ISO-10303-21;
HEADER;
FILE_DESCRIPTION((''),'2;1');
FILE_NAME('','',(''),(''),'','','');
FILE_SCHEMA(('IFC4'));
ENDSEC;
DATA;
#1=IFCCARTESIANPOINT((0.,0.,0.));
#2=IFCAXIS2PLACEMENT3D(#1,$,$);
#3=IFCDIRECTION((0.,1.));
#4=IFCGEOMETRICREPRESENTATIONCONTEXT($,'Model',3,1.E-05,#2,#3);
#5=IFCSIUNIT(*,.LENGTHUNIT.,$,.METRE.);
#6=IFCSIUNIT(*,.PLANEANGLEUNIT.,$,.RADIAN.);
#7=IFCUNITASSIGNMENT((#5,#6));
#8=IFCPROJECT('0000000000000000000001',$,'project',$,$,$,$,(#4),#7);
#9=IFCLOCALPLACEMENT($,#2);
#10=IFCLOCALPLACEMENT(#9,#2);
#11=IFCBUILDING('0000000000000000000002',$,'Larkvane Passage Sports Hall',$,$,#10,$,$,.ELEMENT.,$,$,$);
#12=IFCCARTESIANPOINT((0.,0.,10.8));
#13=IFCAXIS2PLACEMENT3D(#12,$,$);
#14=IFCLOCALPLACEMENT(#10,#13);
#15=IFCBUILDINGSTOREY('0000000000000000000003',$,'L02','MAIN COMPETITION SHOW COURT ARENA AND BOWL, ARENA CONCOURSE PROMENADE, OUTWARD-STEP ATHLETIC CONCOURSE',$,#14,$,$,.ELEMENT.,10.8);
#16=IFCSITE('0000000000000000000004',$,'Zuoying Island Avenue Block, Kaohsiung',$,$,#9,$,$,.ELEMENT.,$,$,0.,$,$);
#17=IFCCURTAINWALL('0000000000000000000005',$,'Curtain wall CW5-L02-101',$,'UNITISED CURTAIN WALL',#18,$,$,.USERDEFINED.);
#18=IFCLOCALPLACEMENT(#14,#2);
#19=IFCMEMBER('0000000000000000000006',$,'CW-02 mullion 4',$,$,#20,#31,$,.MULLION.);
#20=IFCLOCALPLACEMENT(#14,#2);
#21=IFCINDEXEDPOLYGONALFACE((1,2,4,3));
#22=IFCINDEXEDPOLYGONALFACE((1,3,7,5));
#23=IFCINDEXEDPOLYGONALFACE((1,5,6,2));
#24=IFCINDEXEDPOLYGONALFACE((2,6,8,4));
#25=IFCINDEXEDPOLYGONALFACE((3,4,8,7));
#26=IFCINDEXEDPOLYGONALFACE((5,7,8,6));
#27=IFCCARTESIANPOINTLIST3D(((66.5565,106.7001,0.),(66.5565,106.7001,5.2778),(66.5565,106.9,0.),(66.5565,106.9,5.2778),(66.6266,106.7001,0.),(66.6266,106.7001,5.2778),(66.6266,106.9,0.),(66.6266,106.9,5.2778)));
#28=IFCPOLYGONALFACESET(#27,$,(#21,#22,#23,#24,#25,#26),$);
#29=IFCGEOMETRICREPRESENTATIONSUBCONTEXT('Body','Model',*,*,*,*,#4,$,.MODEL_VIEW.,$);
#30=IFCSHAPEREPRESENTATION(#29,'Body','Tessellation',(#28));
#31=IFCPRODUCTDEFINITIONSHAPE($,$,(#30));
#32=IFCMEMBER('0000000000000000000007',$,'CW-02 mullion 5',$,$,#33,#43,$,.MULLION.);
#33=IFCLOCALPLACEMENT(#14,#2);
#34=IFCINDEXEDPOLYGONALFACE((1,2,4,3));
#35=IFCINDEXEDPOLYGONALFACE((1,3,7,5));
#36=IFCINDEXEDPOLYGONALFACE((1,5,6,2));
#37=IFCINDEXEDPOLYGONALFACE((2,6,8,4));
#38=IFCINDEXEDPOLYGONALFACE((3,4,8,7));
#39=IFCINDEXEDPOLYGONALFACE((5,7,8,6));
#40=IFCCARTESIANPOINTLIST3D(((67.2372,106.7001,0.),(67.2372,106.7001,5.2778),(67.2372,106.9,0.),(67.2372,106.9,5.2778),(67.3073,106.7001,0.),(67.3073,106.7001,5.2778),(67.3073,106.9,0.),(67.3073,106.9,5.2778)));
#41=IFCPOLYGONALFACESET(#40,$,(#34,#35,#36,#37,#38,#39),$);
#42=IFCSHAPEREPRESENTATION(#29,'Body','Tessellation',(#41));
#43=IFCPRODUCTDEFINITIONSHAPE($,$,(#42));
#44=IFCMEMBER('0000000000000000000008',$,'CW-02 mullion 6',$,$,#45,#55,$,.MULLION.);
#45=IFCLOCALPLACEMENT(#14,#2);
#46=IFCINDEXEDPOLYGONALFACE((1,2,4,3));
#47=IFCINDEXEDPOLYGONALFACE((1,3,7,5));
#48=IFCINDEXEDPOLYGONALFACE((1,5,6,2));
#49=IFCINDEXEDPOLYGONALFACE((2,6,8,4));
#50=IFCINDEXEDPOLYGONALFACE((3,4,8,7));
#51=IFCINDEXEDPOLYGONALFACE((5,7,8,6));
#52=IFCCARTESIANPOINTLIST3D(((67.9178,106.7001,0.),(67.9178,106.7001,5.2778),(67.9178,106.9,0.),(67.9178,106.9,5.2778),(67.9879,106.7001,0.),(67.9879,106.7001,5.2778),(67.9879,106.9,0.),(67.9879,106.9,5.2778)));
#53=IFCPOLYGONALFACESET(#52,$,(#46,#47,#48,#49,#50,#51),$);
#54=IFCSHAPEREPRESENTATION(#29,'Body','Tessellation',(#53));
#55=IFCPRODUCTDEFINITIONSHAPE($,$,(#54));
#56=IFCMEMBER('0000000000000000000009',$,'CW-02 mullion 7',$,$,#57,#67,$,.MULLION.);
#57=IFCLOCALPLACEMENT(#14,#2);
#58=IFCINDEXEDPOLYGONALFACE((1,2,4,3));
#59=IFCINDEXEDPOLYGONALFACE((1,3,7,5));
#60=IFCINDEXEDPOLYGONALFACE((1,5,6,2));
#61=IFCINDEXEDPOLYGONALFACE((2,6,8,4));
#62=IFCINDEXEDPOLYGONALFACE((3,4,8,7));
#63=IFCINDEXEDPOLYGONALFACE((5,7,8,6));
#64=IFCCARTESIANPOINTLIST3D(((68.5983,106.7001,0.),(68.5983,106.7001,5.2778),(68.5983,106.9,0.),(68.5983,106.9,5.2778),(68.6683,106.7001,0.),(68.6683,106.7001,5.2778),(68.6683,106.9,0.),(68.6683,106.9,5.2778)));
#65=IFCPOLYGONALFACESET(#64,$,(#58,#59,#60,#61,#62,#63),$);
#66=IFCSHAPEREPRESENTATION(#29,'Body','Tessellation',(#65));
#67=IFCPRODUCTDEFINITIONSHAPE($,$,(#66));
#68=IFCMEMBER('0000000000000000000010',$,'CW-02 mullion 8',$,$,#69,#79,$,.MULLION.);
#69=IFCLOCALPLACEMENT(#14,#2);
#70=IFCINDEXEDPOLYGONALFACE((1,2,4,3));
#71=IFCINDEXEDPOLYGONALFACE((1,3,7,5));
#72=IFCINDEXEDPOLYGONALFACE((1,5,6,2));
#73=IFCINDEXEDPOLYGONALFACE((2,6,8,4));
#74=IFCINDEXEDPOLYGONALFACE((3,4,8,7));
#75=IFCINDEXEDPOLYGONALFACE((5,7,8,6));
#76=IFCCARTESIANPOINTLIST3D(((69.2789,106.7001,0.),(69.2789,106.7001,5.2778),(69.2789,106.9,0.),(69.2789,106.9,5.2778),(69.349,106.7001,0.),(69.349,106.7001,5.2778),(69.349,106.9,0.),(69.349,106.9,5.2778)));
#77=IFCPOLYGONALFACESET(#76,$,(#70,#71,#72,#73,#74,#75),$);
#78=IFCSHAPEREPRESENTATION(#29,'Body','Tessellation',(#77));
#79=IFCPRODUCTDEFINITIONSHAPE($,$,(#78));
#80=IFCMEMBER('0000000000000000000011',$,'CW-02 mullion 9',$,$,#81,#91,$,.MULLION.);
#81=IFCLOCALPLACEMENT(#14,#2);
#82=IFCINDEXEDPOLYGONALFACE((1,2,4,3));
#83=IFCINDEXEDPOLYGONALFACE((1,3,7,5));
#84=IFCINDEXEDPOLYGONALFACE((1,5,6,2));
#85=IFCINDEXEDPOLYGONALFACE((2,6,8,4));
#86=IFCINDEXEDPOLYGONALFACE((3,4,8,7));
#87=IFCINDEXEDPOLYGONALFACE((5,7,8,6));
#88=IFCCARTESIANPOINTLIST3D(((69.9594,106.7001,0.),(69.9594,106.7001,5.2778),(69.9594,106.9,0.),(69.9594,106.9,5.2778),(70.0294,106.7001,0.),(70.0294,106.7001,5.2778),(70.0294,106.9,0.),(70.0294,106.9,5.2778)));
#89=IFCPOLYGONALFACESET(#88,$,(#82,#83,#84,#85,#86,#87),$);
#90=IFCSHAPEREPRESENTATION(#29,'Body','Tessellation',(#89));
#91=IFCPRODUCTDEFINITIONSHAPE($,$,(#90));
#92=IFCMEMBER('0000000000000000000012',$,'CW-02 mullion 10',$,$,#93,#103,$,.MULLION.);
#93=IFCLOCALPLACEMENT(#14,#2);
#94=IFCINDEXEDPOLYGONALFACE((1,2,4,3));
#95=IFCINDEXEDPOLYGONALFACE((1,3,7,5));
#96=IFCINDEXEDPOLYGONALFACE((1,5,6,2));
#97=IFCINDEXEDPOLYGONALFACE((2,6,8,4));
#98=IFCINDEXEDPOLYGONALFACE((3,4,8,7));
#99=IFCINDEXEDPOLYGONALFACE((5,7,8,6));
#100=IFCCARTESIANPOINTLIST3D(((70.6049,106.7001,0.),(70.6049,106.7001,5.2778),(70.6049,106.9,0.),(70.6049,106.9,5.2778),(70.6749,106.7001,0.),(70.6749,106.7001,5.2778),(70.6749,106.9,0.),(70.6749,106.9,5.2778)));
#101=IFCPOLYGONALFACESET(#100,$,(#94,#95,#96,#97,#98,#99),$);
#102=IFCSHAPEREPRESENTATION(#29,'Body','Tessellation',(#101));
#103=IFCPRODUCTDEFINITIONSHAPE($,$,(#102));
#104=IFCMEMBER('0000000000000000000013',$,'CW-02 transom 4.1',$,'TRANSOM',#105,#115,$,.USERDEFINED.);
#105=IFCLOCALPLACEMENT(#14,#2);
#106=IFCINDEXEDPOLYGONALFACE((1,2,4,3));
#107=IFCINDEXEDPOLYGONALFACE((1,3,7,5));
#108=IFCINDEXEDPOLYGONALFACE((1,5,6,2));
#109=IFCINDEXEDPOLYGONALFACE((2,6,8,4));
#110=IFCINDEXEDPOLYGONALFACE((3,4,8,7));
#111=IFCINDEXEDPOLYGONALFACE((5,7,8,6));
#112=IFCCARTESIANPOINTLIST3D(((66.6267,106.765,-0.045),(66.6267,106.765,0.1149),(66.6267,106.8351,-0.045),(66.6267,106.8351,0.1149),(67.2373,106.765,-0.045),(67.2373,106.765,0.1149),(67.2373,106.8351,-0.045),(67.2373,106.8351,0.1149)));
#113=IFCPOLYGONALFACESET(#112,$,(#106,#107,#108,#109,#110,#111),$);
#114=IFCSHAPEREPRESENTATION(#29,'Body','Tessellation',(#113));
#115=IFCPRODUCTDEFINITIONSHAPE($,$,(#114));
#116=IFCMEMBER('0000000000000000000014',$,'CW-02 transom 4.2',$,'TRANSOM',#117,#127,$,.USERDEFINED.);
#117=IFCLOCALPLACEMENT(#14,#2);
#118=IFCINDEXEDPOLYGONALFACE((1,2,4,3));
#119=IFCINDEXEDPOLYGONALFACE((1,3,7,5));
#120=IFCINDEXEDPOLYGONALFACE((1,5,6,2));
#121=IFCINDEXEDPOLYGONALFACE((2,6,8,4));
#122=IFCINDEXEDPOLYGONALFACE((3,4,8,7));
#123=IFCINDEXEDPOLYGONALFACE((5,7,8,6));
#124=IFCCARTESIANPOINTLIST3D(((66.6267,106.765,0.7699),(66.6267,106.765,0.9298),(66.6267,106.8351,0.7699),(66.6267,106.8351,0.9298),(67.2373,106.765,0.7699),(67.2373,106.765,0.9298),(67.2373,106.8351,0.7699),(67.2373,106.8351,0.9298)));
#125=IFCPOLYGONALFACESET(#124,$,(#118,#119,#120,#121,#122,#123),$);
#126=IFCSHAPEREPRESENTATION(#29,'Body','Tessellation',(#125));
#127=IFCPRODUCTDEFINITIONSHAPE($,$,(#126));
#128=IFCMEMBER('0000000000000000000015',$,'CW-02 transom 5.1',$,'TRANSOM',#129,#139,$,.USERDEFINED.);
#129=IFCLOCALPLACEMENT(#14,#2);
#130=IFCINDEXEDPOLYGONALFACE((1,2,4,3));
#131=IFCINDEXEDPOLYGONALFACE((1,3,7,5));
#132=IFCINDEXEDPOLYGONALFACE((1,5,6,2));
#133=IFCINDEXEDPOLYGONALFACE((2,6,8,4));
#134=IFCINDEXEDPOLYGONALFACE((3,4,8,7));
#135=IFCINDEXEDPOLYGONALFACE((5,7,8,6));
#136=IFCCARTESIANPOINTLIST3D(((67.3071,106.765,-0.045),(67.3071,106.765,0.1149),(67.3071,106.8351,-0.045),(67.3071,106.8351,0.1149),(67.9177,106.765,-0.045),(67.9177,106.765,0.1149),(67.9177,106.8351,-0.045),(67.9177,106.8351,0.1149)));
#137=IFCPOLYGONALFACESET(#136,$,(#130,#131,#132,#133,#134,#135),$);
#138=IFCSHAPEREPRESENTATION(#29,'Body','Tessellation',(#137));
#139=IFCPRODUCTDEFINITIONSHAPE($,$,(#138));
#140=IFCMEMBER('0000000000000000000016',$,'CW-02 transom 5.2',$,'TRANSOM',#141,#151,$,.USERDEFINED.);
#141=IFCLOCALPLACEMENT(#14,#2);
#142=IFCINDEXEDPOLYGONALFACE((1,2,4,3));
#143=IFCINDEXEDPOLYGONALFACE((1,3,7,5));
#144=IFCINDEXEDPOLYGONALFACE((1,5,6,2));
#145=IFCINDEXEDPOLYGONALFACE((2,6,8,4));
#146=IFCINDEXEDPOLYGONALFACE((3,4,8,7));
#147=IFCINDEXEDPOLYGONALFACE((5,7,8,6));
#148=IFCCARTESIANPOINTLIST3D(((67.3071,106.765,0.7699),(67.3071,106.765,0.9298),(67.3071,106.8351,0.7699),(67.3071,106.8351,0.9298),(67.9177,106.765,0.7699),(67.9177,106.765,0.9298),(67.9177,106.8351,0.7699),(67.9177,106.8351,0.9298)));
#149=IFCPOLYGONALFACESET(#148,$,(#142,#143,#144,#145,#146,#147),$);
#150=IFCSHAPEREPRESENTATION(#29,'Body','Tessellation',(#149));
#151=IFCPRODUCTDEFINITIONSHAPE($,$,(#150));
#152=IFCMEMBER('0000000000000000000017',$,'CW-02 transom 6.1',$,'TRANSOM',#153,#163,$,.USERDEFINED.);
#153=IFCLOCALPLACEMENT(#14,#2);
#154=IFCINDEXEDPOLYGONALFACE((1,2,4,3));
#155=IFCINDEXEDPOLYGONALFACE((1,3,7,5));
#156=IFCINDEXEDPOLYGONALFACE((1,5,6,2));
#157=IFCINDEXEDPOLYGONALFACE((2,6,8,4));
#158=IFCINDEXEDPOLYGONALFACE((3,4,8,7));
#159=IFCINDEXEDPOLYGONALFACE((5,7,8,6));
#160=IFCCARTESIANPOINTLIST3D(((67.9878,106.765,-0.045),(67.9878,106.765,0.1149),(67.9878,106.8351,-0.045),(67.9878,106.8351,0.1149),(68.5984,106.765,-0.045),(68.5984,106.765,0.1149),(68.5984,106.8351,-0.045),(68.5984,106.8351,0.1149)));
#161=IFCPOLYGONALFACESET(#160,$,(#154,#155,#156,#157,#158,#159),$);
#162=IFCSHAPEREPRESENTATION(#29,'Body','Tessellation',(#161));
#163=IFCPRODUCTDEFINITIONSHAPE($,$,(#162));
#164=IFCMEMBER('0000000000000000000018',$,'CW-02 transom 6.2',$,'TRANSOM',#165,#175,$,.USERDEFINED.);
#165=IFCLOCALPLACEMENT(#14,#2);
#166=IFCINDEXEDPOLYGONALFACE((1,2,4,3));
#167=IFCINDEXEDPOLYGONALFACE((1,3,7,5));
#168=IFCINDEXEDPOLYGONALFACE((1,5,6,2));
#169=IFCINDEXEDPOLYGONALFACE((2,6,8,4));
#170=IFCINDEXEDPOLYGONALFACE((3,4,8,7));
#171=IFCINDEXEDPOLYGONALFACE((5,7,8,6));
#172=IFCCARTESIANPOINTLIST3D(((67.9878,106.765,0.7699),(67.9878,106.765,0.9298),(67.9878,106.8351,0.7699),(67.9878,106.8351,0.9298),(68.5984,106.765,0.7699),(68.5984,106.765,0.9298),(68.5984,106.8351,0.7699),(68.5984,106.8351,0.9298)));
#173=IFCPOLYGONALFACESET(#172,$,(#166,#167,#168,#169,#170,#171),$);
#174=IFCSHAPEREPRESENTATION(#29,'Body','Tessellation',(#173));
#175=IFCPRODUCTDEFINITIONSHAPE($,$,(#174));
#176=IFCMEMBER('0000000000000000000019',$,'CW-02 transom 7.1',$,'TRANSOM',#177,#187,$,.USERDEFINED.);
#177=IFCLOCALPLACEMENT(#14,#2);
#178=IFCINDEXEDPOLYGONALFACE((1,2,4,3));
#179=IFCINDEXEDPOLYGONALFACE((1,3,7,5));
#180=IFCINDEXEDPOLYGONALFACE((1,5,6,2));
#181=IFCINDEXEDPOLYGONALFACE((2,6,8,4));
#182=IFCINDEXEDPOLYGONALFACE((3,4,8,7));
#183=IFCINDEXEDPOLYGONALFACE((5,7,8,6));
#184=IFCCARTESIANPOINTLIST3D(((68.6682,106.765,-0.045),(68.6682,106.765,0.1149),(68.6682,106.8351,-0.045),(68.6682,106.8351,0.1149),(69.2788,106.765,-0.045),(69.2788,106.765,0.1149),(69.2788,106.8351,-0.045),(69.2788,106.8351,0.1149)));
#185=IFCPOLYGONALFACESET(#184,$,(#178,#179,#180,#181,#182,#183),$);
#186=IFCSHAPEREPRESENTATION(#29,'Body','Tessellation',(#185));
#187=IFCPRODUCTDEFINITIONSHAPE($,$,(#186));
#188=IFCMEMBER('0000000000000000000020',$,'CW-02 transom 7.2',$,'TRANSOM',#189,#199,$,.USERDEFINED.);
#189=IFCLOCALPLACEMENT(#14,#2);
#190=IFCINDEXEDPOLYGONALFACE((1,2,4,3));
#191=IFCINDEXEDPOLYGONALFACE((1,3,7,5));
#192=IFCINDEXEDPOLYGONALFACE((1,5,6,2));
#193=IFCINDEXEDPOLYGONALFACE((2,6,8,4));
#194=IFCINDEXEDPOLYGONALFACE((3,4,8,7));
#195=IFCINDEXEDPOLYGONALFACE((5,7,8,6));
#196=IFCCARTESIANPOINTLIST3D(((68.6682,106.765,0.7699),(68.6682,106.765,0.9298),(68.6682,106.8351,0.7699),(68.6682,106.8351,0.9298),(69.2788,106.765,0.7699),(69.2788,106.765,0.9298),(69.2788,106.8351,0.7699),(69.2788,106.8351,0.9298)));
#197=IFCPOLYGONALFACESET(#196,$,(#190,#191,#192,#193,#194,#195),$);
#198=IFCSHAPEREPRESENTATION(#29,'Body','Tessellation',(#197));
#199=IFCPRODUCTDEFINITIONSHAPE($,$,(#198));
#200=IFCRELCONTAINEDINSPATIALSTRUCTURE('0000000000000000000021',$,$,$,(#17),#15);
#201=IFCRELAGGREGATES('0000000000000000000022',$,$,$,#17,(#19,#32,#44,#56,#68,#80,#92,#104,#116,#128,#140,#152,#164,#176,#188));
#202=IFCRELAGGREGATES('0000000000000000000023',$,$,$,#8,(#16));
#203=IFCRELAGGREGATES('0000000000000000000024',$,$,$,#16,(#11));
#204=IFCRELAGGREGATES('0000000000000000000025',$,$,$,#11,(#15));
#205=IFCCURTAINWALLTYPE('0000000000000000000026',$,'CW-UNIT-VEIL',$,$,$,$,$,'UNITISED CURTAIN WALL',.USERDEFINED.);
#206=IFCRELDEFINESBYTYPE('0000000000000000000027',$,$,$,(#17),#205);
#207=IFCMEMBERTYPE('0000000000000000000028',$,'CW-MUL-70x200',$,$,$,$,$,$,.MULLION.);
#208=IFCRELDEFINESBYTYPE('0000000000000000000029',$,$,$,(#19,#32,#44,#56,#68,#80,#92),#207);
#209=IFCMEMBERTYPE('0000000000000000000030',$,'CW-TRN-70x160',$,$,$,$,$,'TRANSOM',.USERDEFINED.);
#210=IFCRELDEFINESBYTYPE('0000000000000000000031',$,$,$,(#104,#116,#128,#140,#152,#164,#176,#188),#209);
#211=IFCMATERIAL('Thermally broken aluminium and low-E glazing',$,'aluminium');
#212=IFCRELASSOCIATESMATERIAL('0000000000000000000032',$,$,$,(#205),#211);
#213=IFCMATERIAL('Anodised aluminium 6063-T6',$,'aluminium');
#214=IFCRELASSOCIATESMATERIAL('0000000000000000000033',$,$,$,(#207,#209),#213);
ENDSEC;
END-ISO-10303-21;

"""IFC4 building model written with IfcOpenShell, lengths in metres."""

from ifc_helpers import new_model, si_unit, direction, frame, origin, origin_2d, place, context, subcontext, project, spatial, rectangle, extrude, material, material_profile, profile_set, type_object, element, aggregate, save


model = new_model("IFC4")

# Units and contexts
model_context = context("Model", 3, precision=1e-05, world=origin(), true_north=direction((0.0, 1.0)))
body_context = subcontext(model_context, "Body", "Model", "MODEL_VIEW")
ifc_project = project(units=[si_unit("LENGTHUNIT", "METRE"), si_unit("PLANEANGLEUNIT", "RADIAN")], contexts=[model_context])

# Site, building, storey
site_placement = place(None, origin())
site = spatial("IfcSite", under=ifc_project, at=site_placement, Name="Zuoying Island Avenue Block, Kaohsiung", CompositionType="ELEMENT", RefElevation=0.0)
building_placement = place(site_placement, origin())
building = spatial("IfcBuilding", under=site, at=building_placement, Name="Larkvane Passage Sports Hall", CompositionType="ELEMENT")
storey_placement = place(building_placement, frame((0.0, 0.0, 10.8)))
storey = spatial("IfcBuildingStorey", under=building, at=storey_placement, Name="L02", Description="MAIN COMPETITION SHOW COURT ARENA AND BOWL, ARENA CONCOURSE PROMENADE, OUTWARD-STEP ATHLETIC CONCOURSE", CompositionType="ELEMENT", Elevation=10.8)

# Curtain wall, members
ifc_material_1 = material(Name="Thermally broken aluminium and low-E glazing", Category="aluminium")
curtain_wall_type = type_object("IfcCurtainWallType", Name="CW-UNIT-VEIL", ElementType="UNITISED CURTAIN WALL", PredefinedType="USERDEFINED", material=ifc_material_1)
curtain_wall_placement = place(storey_placement, origin())
curtain_wall = element("IfcCurtainWall", 1, at=curtain_wall_placement, inside=storey, type_object=curtain_wall_type, Name="Curtain wall CW5-L02-101", ObjectType="UNITISED CURTAIN WALL", PredefinedType="USERDEFINED")
ifc_material_2 = material(Name="Anodised aluminium 6063-T6", Category="aluminium")
ifc_material_profile_1 = material_profile(ifc_material_2, rectangle(XDim=0.0701, YDim=0.2, at=origin_2d()), Name="ALU-MUL-70x200")
ifc_profile_set_1 = profile_set([ifc_material_profile_1], Name="Anodised aluminium 6063-T6")
member_type_1 = type_object("IfcMemberType", Name="CW-MUL-70x200", PredefinedType="MULLION", material=ifc_profile_set_1)
member_1_placement = place(storey_placement, frame((66.5916, 106.8, 0.0), z_axis=(0.0, 0.0, 1.0), x_axis=(1.0, 0.0, 0.0)))
member_1 = element("IfcMember", 2, at=member_1_placement, type_object=member_type_1, Name="CW-02 mullion 4", PredefinedType="MULLION", context=body_context, shape_type="SweptSolid", body=[
    extrude(rectangle(XDim=0.0701, YDim=0.2, at=origin_2d()), origin(), (0.0, 0.0, 1.0), 5.2778),
])
member_2_placement = place(storey_placement, frame((67.2722, 106.8, 0.0), z_axis=(0.0, 0.0, 1.0), x_axis=(1.0, 0.0, 0.0)))
member_2 = element("IfcMember", 3, at=member_2_placement, type_object=member_type_1, Name="CW-02 mullion 5", PredefinedType="MULLION", context=body_context, shape_type="SweptSolid", body=[
    extrude(rectangle(XDim=0.0701, YDim=0.2, at=origin_2d()), origin(), (0.0, 0.0, 1.0), 5.2778),
])
member_3_placement = place(storey_placement, frame((67.9529, 106.8, 0.0), z_axis=(0.0, 0.0, 1.0), x_axis=(1.0, 0.0, 0.0)))
member_3 = element("IfcMember", 4, at=member_3_placement, type_object=member_type_1, Name="CW-02 mullion 6", PredefinedType="MULLION", context=body_context, shape_type="SweptSolid", body=[
    extrude(rectangle(XDim=0.0701, YDim=0.2, at=origin_2d()), origin(), (0.0, 0.0, 1.0), 5.2778),
])
member_4_placement = place(storey_placement, frame((68.6333, 106.8, 0.0), z_axis=(0.0, 0.0, 1.0), x_axis=(1.0, 0.0, 0.0)))
member_4 = element("IfcMember", 5, at=member_4_placement, type_object=member_type_1, Name="CW-02 mullion 7", PredefinedType="MULLION", context=body_context, shape_type="SweptSolid", body=[
    extrude(rectangle(XDim=0.0701, YDim=0.2, at=origin_2d()), origin(), (0.0, 0.0, 1.0), 5.2778),
])
member_5_placement = place(storey_placement, frame((69.314, 106.8, 0.0), z_axis=(0.0, 0.0, 1.0), x_axis=(1.0, 0.0, 0.0)))
member_5 = element("IfcMember", 6, at=member_5_placement, type_object=member_type_1, Name="CW-02 mullion 8", PredefinedType="MULLION", context=body_context, shape_type="SweptSolid", body=[
    extrude(rectangle(XDim=0.0701, YDim=0.2, at=origin_2d()), origin(), (0.0, 0.0, 1.0), 5.2778),
])
member_6_placement = place(storey_placement, frame((69.9944, 106.8, 0.0), z_axis=(0.0, 0.0, 1.0), x_axis=(1.0, 0.0, 0.0)))
member_6 = element("IfcMember", 7, at=member_6_placement, type_object=member_type_1, Name="CW-02 mullion 9", PredefinedType="MULLION", context=body_context, shape_type="SweptSolid", body=[
    extrude(rectangle(XDim=0.0701, YDim=0.2, at=origin_2d()), origin(), (0.0, 0.0, 1.0), 5.2778),
])
member_7_placement = place(storey_placement, frame((70.6399, 106.8, 0.0), z_axis=(0.0, 0.0, 1.0), x_axis=(1.0, 0.0, 0.0)))
member_7 = element("IfcMember", 8, at=member_7_placement, type_object=member_type_1, Name="CW-02 mullion 10", PredefinedType="MULLION", context=body_context, shape_type="SweptSolid", body=[
    extrude(rectangle(XDim=0.0701, YDim=0.2, at=origin_2d()), origin(), (0.0, 0.0, 1.0), 5.2778),
])
ifc_material_profile_2 = material_profile(ifc_material_2, rectangle(XDim=0.0701, YDim=0.1599, at=origin_2d()), Name="ALU-TRN-70x160")
ifc_profile_set_2 = profile_set([ifc_material_profile_2], Name="Anodised aluminium 6063-T6")
member_type_2 = type_object("IfcMemberType", Name="CW-TRN-70x160", ElementType="TRANSOM", PredefinedType="USERDEFINED", material=ifc_profile_set_2)
member_8_placement = place(storey_placement, frame((66.6267, 106.8, 0.0349), z_axis=(1.0, 0.0, 0.0), x_axis=(0.0, 1.0, 0.0)))
member_8 = element("IfcMember", 9, at=member_8_placement, type_object=member_type_2, Name="CW-02 transom 4.1", ObjectType="TRANSOM", PredefinedType="USERDEFINED", context=body_context, shape_type="SweptSolid", body=[
    extrude(rectangle(XDim=0.0701, YDim=0.1599, at=origin_2d()), origin(), (0.0, 0.0, 1.0), 0.6106),
])
member_9_placement = place(storey_placement, frame((66.6267, 106.8, 0.8499), z_axis=(1.0, 0.0, 0.0), x_axis=(0.0, 1.0, 0.0)))
member_9 = element("IfcMember", 10, at=member_9_placement, type_object=member_type_2, Name="CW-02 transom 4.2", ObjectType="TRANSOM", PredefinedType="USERDEFINED", context=body_context, shape_type="SweptSolid", body=[
    extrude(rectangle(XDim=0.0701, YDim=0.1599, at=origin_2d()), origin(), (0.0, 0.0, 1.0), 0.6106),
])
member_10_placement = place(storey_placement, frame((67.3071, 106.8, 0.0349), z_axis=(1.0, 0.0, 0.0), x_axis=(0.0, 1.0, 0.0)))
member_10 = element("IfcMember", 11, at=member_10_placement, type_object=member_type_2, Name="CW-02 transom 5.1", ObjectType="TRANSOM", PredefinedType="USERDEFINED", context=body_context, shape_type="SweptSolid", body=[
    extrude(rectangle(XDim=0.0701, YDim=0.1599, at=origin_2d()), origin(), (0.0, 0.0, 1.0), 0.6106),
])
member_11_placement = place(storey_placement, frame((67.3071, 106.8, 0.8499), z_axis=(1.0, 0.0, 0.0), x_axis=(0.0, 1.0, 0.0)))
member_11 = element("IfcMember", 12, at=member_11_placement, type_object=member_type_2, Name="CW-02 transom 5.2", ObjectType="TRANSOM", PredefinedType="USERDEFINED", context=body_context, shape_type="SweptSolid", body=[
    extrude(rectangle(XDim=0.0701, YDim=0.1599, at=origin_2d()), origin(), (0.0, 0.0, 1.0), 0.6106),
])
member_12_placement = place(storey_placement, frame((67.9878, 106.8, 0.0349), z_axis=(1.0, 0.0, 0.0), x_axis=(0.0, 1.0, 0.0)))
member_12 = element("IfcMember", 13, at=member_12_placement, type_object=member_type_2, Name="CW-02 transom 6.1", ObjectType="TRANSOM", PredefinedType="USERDEFINED", context=body_context, shape_type="SweptSolid", body=[
    extrude(rectangle(XDim=0.0701, YDim=0.1599, at=origin_2d()), origin(), (0.0, 0.0, 1.0), 0.6106),
])
member_13_placement = place(storey_placement, frame((67.9878, 106.8, 0.8499), z_axis=(1.0, 0.0, 0.0), x_axis=(0.0, 1.0, 0.0)))
member_13 = element("IfcMember", 14, at=member_13_placement, type_object=member_type_2, Name="CW-02 transom 6.2", ObjectType="TRANSOM", PredefinedType="USERDEFINED", context=body_context, shape_type="SweptSolid", body=[
    extrude(rectangle(XDim=0.0701, YDim=0.1599, at=origin_2d()), origin(), (0.0, 0.0, 1.0), 0.6106),
])
member_14_placement = place(storey_placement, frame((68.6682, 106.8, 0.0349), z_axis=(1.0, 0.0, 0.0), x_axis=(0.0, 1.0, 0.0)))
member_14 = element("IfcMember", 15, at=member_14_placement, type_object=member_type_2, Name="CW-02 transom 7.1", ObjectType="TRANSOM", PredefinedType="USERDEFINED", context=body_context, shape_type="SweptSolid", body=[
    extrude(rectangle(XDim=0.0701, YDim=0.1599, at=origin_2d()), origin(), (0.0, 0.0, 1.0), 0.6106),
])
member_15_placement = place(storey_placement, frame((68.6682, 106.8, 0.8499), z_axis=(1.0, 0.0, 0.0), x_axis=(0.0, 1.0, 0.0)))
member_15 = element("IfcMember", 16, at=member_15_placement, type_object=member_type_2, Name="CW-02 transom 7.2", ObjectType="TRANSOM", PredefinedType="USERDEFINED", context=body_context, shape_type="SweptSolid", body=[
    extrude(rectangle(XDim=0.0701, YDim=0.1599, at=origin_2d()), origin(), (0.0, 0.0, 1.0), 0.6106),
])
aggregate(curtain_wall, [member_1, member_2, member_3, member_4, member_5, member_6, member_7, member_8, member_9, member_10, member_11, member_12, member_13, member_14, member_15])

save(model, "model.ifc")
